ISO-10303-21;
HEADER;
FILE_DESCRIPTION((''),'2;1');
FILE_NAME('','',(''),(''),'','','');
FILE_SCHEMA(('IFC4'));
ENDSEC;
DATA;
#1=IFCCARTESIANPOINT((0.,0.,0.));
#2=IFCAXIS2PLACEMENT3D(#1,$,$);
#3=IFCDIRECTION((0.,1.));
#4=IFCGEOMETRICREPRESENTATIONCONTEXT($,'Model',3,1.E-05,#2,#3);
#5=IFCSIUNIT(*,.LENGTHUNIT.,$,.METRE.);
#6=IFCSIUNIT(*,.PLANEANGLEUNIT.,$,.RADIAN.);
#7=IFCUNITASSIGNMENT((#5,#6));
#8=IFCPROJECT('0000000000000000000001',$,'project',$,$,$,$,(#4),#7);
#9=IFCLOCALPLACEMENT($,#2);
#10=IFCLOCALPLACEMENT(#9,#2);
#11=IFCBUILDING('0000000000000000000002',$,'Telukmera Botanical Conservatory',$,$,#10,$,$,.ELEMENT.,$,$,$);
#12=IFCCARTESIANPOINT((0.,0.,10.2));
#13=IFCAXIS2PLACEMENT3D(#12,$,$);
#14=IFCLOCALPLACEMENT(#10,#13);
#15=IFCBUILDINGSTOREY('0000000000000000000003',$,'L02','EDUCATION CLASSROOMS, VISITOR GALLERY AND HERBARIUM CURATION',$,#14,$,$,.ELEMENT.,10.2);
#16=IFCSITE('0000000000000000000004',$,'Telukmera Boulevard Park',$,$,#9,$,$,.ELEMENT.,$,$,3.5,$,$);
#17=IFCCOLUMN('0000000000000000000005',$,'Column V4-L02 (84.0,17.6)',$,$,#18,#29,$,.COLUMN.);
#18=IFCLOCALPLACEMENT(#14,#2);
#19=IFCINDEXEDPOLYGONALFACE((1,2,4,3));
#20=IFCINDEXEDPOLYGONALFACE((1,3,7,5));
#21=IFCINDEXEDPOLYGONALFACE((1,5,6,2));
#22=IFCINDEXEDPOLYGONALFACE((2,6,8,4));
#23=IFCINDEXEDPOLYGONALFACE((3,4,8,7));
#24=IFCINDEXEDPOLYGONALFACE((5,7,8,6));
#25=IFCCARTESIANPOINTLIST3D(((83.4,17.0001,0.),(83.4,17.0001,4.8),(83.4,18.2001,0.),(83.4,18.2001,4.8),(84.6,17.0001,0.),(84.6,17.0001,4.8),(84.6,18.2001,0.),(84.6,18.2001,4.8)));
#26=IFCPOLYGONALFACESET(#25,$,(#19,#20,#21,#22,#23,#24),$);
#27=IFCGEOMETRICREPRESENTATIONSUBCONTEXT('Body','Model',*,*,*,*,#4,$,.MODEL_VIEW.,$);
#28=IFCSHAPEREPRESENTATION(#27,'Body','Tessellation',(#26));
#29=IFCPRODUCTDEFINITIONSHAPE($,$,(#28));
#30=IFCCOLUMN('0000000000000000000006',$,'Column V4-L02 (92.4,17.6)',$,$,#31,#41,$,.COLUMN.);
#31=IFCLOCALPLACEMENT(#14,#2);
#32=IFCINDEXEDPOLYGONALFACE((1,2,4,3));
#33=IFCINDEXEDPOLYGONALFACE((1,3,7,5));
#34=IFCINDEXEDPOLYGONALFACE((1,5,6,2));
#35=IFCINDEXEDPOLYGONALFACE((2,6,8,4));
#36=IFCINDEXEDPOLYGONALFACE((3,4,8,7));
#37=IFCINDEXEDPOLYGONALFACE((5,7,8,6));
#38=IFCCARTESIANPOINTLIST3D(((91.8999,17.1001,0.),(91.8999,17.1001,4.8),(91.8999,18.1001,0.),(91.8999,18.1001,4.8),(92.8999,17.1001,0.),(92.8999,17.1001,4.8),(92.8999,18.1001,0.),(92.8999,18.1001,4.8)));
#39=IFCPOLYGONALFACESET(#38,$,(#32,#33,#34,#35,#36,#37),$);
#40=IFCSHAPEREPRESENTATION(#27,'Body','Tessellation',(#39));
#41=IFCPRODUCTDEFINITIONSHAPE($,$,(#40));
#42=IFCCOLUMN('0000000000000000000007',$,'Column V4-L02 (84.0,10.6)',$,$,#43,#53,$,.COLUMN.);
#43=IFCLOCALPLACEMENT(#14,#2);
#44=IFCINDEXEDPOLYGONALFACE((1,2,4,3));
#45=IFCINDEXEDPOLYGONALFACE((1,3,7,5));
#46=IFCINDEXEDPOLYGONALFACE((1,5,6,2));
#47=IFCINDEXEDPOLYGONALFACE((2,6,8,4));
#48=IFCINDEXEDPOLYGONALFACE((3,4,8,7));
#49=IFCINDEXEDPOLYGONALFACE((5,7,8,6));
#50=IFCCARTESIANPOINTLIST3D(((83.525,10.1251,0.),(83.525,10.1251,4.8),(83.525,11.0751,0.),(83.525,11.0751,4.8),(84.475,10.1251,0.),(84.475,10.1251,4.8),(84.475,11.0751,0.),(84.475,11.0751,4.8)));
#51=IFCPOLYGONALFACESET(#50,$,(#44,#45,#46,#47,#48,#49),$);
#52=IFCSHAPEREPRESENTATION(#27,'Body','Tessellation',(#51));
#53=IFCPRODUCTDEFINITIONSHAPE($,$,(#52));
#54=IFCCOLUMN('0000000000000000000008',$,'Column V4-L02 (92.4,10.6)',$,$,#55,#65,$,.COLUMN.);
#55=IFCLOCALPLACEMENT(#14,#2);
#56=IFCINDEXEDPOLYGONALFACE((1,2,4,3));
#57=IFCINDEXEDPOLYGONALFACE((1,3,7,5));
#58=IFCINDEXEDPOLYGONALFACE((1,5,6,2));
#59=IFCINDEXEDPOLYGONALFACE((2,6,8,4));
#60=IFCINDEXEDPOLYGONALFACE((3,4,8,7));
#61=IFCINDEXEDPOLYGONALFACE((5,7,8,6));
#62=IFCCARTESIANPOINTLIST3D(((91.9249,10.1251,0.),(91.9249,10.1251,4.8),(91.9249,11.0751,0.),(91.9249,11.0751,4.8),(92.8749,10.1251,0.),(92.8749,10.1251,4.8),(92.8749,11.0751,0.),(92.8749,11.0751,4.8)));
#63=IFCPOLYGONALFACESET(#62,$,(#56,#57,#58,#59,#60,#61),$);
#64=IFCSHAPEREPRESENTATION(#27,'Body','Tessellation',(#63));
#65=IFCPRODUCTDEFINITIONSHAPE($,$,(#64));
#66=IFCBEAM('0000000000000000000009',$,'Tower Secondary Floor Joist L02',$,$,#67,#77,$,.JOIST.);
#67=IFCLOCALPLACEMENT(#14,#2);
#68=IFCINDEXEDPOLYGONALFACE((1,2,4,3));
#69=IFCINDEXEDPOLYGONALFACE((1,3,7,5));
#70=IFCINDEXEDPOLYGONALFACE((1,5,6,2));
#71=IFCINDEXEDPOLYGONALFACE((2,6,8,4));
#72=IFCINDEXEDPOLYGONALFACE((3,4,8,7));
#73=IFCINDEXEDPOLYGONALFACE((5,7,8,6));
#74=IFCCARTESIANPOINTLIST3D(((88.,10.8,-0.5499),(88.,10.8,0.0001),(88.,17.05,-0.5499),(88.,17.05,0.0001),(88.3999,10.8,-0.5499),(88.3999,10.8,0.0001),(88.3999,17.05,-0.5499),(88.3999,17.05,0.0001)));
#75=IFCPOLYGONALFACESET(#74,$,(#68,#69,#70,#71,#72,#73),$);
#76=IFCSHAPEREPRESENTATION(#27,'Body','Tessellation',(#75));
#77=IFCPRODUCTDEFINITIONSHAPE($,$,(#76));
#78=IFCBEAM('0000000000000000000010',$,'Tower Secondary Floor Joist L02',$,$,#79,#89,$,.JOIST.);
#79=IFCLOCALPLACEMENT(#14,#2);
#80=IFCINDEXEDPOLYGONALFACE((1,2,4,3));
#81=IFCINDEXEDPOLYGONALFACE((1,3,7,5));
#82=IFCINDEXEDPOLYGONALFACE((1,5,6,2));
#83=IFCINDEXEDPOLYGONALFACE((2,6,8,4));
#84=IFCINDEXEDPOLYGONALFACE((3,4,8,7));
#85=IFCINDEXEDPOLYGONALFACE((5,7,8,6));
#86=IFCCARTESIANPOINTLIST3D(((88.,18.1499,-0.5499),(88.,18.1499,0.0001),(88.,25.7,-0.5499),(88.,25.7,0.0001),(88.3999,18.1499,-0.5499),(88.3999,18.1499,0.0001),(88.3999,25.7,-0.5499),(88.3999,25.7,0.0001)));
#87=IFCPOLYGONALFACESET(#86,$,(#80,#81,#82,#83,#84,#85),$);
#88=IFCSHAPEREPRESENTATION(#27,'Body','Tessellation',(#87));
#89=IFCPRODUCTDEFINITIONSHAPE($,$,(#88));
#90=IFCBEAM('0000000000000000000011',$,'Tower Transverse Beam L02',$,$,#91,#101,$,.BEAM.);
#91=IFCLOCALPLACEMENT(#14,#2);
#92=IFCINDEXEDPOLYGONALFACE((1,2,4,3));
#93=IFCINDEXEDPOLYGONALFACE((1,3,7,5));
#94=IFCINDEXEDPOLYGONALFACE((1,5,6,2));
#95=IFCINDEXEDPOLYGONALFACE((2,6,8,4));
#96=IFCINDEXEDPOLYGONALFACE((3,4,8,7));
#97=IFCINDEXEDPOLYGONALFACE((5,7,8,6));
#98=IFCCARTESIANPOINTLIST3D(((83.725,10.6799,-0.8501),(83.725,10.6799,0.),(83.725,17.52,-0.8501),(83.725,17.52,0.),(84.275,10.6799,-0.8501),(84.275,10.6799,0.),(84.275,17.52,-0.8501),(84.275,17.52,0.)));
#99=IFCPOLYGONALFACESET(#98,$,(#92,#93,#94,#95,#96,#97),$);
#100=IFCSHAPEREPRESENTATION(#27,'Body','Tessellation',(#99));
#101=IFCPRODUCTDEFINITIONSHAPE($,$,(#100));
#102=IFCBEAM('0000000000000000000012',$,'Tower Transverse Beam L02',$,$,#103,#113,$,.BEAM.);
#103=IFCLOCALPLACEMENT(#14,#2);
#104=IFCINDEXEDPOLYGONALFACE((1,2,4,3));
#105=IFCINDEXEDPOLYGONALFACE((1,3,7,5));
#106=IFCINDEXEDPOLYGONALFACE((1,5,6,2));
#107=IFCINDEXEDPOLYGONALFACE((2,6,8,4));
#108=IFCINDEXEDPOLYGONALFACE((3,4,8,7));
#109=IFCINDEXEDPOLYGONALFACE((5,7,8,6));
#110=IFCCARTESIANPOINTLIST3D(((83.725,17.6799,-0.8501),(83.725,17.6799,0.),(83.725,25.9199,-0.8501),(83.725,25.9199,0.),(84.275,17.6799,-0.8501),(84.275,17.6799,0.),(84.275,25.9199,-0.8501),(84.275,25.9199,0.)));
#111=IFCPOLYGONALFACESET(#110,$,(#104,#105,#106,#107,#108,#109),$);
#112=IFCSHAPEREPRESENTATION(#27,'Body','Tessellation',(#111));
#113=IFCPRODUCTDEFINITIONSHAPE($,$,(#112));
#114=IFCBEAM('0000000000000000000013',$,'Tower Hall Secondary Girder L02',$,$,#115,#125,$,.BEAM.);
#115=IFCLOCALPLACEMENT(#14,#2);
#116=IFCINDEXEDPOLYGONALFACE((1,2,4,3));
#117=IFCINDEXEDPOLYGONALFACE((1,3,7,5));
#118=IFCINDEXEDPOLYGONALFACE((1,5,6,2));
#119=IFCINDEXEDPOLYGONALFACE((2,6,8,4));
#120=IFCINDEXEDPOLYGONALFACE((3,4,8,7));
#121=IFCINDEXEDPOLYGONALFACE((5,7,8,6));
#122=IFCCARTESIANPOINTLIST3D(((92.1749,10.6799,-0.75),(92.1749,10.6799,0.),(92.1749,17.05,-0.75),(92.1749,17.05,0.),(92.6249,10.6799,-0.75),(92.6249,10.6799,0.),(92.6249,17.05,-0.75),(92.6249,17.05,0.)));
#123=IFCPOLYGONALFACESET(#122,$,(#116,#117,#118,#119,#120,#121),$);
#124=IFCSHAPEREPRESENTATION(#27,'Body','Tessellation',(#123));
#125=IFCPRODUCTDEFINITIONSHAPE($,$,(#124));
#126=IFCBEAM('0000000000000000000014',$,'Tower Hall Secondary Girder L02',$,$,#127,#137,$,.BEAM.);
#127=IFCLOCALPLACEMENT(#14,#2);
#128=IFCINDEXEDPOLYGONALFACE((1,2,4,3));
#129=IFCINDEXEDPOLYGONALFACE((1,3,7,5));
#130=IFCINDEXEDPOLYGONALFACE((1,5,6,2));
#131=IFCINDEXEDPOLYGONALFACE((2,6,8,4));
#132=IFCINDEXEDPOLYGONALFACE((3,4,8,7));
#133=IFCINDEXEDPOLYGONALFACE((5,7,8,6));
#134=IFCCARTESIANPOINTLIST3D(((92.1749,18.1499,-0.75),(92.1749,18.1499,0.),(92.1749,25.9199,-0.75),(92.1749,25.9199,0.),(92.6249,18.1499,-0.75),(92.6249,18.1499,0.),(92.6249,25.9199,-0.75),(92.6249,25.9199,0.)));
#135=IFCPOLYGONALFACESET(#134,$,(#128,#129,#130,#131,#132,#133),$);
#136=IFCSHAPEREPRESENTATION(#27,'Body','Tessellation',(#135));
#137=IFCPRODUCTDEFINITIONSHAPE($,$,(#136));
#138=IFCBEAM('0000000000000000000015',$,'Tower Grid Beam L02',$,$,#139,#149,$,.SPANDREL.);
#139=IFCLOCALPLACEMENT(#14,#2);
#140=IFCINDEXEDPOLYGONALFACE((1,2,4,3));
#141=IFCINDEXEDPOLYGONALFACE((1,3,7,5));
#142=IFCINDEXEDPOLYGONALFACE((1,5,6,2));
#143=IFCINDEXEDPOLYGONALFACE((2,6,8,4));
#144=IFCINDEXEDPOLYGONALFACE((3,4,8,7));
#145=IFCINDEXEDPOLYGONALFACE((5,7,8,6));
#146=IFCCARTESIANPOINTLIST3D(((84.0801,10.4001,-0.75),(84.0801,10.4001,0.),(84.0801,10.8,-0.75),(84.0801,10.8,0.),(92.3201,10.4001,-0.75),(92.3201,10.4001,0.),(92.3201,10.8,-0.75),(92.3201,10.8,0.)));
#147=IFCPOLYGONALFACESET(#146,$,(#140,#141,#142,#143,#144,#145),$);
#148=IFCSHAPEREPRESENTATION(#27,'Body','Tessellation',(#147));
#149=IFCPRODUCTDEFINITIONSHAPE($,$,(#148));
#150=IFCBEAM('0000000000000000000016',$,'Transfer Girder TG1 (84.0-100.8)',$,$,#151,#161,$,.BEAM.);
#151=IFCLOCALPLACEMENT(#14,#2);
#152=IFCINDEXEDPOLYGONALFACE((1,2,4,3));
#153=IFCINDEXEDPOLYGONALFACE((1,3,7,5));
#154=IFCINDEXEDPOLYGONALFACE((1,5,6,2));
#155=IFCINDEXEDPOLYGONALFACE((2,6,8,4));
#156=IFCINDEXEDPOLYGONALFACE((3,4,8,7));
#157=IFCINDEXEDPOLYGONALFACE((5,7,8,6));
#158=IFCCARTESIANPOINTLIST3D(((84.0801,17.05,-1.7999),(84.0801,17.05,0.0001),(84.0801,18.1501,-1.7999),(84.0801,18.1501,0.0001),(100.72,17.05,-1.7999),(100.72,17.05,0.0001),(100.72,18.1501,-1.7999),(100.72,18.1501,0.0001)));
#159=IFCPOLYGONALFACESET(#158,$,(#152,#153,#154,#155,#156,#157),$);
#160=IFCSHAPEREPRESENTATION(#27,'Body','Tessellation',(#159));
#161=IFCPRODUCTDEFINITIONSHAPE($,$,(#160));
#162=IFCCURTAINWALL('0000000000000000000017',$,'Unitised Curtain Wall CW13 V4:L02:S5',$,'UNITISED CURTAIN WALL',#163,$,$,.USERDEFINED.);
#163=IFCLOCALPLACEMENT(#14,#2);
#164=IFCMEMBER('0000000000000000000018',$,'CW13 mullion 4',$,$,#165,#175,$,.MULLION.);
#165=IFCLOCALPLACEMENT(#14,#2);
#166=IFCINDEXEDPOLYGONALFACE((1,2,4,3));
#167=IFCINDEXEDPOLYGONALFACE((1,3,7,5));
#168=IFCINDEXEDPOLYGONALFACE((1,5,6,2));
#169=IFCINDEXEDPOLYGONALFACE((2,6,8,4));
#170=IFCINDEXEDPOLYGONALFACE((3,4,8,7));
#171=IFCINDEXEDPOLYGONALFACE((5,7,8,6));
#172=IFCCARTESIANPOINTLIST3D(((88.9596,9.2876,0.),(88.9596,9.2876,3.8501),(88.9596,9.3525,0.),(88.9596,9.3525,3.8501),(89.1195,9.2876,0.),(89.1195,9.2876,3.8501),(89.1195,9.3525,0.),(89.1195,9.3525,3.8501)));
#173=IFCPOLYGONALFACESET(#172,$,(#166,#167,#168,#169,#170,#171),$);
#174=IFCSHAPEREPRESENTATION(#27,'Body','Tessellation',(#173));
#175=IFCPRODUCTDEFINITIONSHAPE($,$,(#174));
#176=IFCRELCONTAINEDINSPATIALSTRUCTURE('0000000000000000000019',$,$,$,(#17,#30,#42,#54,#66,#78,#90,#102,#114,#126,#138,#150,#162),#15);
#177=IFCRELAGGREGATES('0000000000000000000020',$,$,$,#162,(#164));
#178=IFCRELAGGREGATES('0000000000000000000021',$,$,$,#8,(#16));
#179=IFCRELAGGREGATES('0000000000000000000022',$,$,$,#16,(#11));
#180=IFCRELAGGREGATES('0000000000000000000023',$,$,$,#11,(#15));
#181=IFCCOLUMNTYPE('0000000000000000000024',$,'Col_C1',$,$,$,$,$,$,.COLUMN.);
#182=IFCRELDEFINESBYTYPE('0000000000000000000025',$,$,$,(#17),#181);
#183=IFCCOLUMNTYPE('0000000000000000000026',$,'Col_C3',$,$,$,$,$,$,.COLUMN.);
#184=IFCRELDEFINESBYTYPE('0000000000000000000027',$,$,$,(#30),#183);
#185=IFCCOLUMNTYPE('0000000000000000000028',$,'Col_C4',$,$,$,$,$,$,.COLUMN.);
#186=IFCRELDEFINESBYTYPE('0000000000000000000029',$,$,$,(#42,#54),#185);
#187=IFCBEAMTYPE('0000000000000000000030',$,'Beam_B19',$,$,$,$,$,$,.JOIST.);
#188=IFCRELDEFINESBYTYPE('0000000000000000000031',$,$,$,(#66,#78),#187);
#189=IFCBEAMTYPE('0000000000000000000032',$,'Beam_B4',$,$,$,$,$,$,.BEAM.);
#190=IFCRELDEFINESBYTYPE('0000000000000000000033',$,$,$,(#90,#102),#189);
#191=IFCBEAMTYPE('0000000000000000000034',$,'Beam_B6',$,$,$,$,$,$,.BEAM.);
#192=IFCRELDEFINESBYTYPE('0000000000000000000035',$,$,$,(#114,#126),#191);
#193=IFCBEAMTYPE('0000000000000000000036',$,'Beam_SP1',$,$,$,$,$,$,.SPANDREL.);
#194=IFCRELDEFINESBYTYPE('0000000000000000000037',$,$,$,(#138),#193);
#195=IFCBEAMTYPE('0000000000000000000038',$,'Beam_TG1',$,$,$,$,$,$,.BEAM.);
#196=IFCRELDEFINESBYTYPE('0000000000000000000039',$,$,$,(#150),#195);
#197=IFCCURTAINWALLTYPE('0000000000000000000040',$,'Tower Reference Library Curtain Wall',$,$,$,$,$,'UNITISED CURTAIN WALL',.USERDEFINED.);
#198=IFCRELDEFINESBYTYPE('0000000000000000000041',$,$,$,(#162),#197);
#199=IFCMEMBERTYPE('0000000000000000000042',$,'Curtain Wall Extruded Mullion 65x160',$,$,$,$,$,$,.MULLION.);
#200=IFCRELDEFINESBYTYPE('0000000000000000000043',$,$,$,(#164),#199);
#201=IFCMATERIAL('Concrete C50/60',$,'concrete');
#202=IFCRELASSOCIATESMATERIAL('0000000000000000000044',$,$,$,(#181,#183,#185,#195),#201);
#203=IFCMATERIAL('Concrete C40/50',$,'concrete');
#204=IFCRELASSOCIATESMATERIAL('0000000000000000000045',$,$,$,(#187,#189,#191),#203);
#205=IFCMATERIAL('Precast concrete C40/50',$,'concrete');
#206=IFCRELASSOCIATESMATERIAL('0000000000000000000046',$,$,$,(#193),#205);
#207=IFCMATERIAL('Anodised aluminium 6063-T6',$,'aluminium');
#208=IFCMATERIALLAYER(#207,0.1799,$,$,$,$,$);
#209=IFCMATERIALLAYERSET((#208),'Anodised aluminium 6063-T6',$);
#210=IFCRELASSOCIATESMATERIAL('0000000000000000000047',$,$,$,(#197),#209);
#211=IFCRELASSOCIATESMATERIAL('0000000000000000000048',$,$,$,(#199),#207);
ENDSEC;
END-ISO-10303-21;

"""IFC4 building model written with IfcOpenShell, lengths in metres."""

from ifc_helpers import new_model, si_unit, direction, frame, origin, origin_2d, place, context, subcontext, project, spatial, rectangle, extrude, material, layer, layer_set, material_profile, profile_set, type_object, element, aggregate, save


model = new_model("IFC4")

# Units and contexts
model_context = context("Model", 3, precision=1e-05, world=origin(), true_north=direction((0.0, 1.0)))
body_context = subcontext(model_context, "Body", "Model", "MODEL_VIEW")
ifc_project = project(units=[si_unit("LENGTHUNIT", "METRE"), si_unit("PLANEANGLEUNIT", "RADIAN")], contexts=[model_context])

# Site, building, storey
site_placement = place(None, origin())
site = spatial("IfcSite", under=ifc_project, at=site_placement, Name="Telukmera Boulevard Park", CompositionType="ELEMENT", RefElevation=3.5)
building_placement = place(site_placement, origin())
building = spatial("IfcBuilding", under=site, at=building_placement, Name="Telukmera Botanical Conservatory", CompositionType="ELEMENT")
storey_placement = place(building_placement, frame((0.0, 0.0, 10.2)))
storey = spatial("IfcBuildingStorey", under=building, at=storey_placement, Name="L02", Description="EDUCATION CLASSROOMS, VISITOR GALLERY AND HERBARIUM CURATION", CompositionType="ELEMENT", Elevation=10.2)

# Columns
ifc_material_1 = material(Name="Concrete C50/60", Category="concrete")
ifc_material_profile_1 = material_profile(ifc_material_1, rectangle(XDim=1.2, YDim=1.2, at=origin_2d()), Name="RC 1200x1200")
ifc_profile_set_1 = profile_set([ifc_material_profile_1], Name="Concrete C50/60")
column_type_1 = type_object("IfcColumnType", Name="Col_C1", PredefinedType="COLUMN", material=ifc_profile_set_1)
column_1_placement = place(storey_placement, frame((84.0, 17.6001, 0.0), z_axis=(0.0, 0.0, 1.0), x_axis=(1.0, 0.0, 0.0)))
element("IfcColumn", 1, at=column_1_placement, inside=storey, type_object=column_type_1, Name="Column V4-L02 (84.0,17.6)", PredefinedType="COLUMN", context=body_context, shape_type="SweptSolid", body=[
    extrude(rectangle(XDim=1.2, YDim=1.2, at=origin_2d()), origin(), (0.0, 0.0, 1.0), 4.8),
])
ifc_material_profile_2 = material_profile(ifc_material_1, rectangle(XDim=1.0, YDim=1.0, at=origin_2d()), Name="RC 1000x1000")
ifc_profile_set_2 = profile_set([ifc_material_profile_2], Name="Concrete C50/60")
column_type_2 = type_object("IfcColumnType", Name="Col_C3", PredefinedType="COLUMN", material=ifc_profile_set_2)
column_2_placement = place(storey_placement, frame((92.3999, 17.6001, 0.0), z_axis=(0.0, 0.0, 1.0), x_axis=(1.0, 0.0, 0.0)))
element("IfcColumn", 2, at=column_2_placement, inside=storey, type_object=column_type_2, Name="Column V4-L02 (92.4,17.6)", PredefinedType="COLUMN", context=body_context, shape_type="SweptSolid", body=[
    extrude(rectangle(XDim=1.0, YDim=1.0, at=origin_2d()), origin(), (0.0, 0.0, 1.0), 4.8),
])
ifc_material_profile_3 = material_profile(ifc_material_1, rectangle(XDim=0.95, YDim=0.95, at=origin_2d()), Name="RC 950x950")
ifc_profile_set_3 = profile_set([ifc_material_profile_3], Name="Concrete C50/60")
column_type_3 = type_object("IfcColumnType", Name="Col_C4", PredefinedType="COLUMN", material=ifc_profile_set_3)
for number, where, z_axis, x_axis, name in (
    (3, (84.0, 10.6001, 0.0), (0.0, 0.0, 1.0), (1.0, 0.0, 0.0), "Column V4-L02 (84.0,10.6)"),
    (4, (92.3999, 10.6001, 0.0), (0.0, 0.0, 1.0), (1.0, 0.0, 0.0), "Column V4-L02 (92.4,10.6)"),
):
    element("IfcColumn", number, at=place(storey_placement, frame(where, z_axis=z_axis, x_axis=x_axis)), inside=storey, type_object=column_type_3, Name=name, PredefinedType="COLUMN", context=body_context, shape_type="SweptSolid", body=[
        extrude(rectangle(XDim=0.95, YDim=0.95, at=origin_2d()), origin(), (0.0, 0.0, 1.0), 4.8),
    ])

# Beams
ifc_material_2 = material(Name="Concrete C40/50", Category="concrete")
ifc_material_profile_4 = material_profile(ifc_material_2, rectangle(XDim=0.3999, YDim=0.55, at=origin_2d()), Name="RC 400x550")
ifc_profile_set_4 = profile_set([ifc_material_profile_4], Name="Concrete C40/50")
beam_type_1 = type_object("IfcBeamType", Name="Beam_B19", PredefinedType="JOIST", material=ifc_profile_set_4)
beam_1_placement = place(storey_placement, frame((88.2, 10.8, -0.2749), z_axis=(0.0, 1.0, 0.0), x_axis=(-1.0, 0.0, 0.0)))
element("IfcBeam", 5, at=beam_1_placement, inside=storey, type_object=beam_type_1, Name="Tower Secondary Floor Joist L02", PredefinedType="JOIST", context=body_context, shape_type="SweptSolid", body=[
    extrude(rectangle(XDim=0.3999, YDim=0.55, at=origin_2d()), origin(), (0.0, 0.0, 1.0), 6.25),
])
beam_2_placement = place(storey_placement, frame((88.2, 18.1499, -0.2749), z_axis=(0.0, 1.0, 0.0), x_axis=(-1.0, 0.0, 0.0)))
element("IfcBeam", 6, at=beam_2_placement, inside=storey, type_object=beam_type_1, Name="Tower Secondary Floor Joist L02", PredefinedType="JOIST", context=body_context, shape_type="SweptSolid", body=[
    extrude(rectangle(XDim=0.3999, YDim=0.55, at=origin_2d()), origin(), (0.0, 0.0, 1.0), 7.55),
])
ifc_material_profile_5 = material_profile(ifc_material_2, rectangle(XDim=0.55, YDim=0.8501, at=origin_2d()), Name="RC 550x850")
ifc_profile_set_5 = profile_set([ifc_material_profile_5], Name="Concrete C40/50")
beam_type_2 = type_object("IfcBeamType", Name="Beam_B4", PredefinedType="BEAM", material=ifc_profile_set_5)
beam_3_placement = place(storey_placement, frame((84.0, 10.6799, -0.425), z_axis=(0.0, 1.0, 0.0), x_axis=(-1.0, 0.0, 0.0)))
element("IfcBeam", 7, at=beam_3_placement, inside=storey, type_object=beam_type_2, Name="Tower Transverse Beam L02", PredefinedType="BEAM", context=body_context, shape_type="SweptSolid", body=[
    extrude(rectangle(XDim=0.55, YDim=0.8501, at=origin_2d()), origin(), (0.0, 0.0, 1.0), 6.8401),
])
beam_4_placement = place(storey_placement, frame((84.0, 17.6799, -0.425), z_axis=(0.0, 1.0, 0.0), x_axis=(-1.0, 0.0, 0.0)))
element("IfcBeam", 8, at=beam_4_placement, inside=storey, type_object=beam_type_2, Name="Tower Transverse Beam L02", PredefinedType="BEAM", context=body_context, shape_type="SweptSolid", body=[
    extrude(rectangle(XDim=0.55, YDim=0.8501, at=origin_2d()), origin(), (0.0, 0.0, 1.0), 8.24),
])
ifc_material_profile_6 = material_profile(ifc_material_2, rectangle(XDim=0.45, YDim=0.75, at=origin_2d()), Name="RC 450x750")
ifc_profile_set_6 = profile_set([ifc_material_profile_6], Name="Concrete C40/50")
beam_type_3 = type_object("IfcBeamType", Name="Beam_B6", PredefinedType="BEAM", material=ifc_profile_set_6)
beam_5_placement = place(storey_placement, frame((92.3999, 10.6799, -0.375), z_axis=(0.0, 1.0, 0.0), x_axis=(-1.0, 0.0, 0.0)))
element("IfcBeam", 9, at=beam_5_placement, inside=storey, type_object=beam_type_3, Name="Tower Hall Secondary Girder L02", PredefinedType="BEAM", context=body_context, shape_type="SweptSolid", body=[
    extrude(rectangle(XDim=0.45, YDim=0.75, at=origin_2d()), origin(), (0.0, 0.0, 1.0), 6.3701),
])
beam_6_placement = place(storey_placement, frame((92.3999, 18.1499, -0.375), z_axis=(0.0, 1.0, 0.0), x_axis=(-1.0, 0.0, 0.0)))
element("IfcBeam", 10, at=beam_6_placement, inside=storey, type_object=beam_type_3, Name="Tower Hall Secondary Girder L02", PredefinedType="BEAM", context=body_context, shape_type="SweptSolid", body=[
    extrude(rectangle(XDim=0.45, YDim=0.75, at=origin_2d()), origin(), (0.0, 0.0, 1.0), 7.77),
])
ifc_material_3 = material(Name="Precast concrete C40/50", Category="concrete")
ifc_material_profile_7 = material_profile(ifc_material_3, rectangle(XDim=0.3999, YDim=0.75, at=origin_2d()), Name="PC 400x750")
ifc_profile_set_7 = profile_set([ifc_material_profile_7], Name="Precast concrete C40/50")
beam_type_4 = type_object("IfcBeamType", Name="Beam_SP1", PredefinedType="SPANDREL", material=ifc_profile_set_7)
beam_7_placement = place(storey_placement, frame((84.0801, 10.6001, -0.375), z_axis=(1.0, 0.0, 0.0), x_axis=(0.0, 1.0, 0.0)))
element("IfcBeam", 11, at=beam_7_placement, inside=storey, type_object=beam_type_4, Name="Tower Grid Beam L02", PredefinedType="SPANDREL", context=body_context, shape_type="SweptSolid", body=[
    extrude(rectangle(XDim=0.3999, YDim=0.75, at=origin_2d()), origin(), (0.0, 0.0, 1.0), 8.24),
])
ifc_material_profile_8 = material_profile(ifc_material_1, rectangle(XDim=1.1001, YDim=1.8, at=origin_2d()), Name="RC 1100x1800")
ifc_profile_set_8 = profile_set([ifc_material_profile_8], Name="Concrete C50/60")
beam_type_5 = type_object("IfcBeamType", Name="Beam_TG1", PredefinedType="BEAM", material=ifc_profile_set_8)
beam_8_placement = place(storey_placement, frame((84.0801, 17.6001, -0.8999), z_axis=(1.0, 0.0, 0.0), x_axis=(0.0, 1.0, 0.0)))
element("IfcBeam", 12, at=beam_8_placement, inside=storey, type_object=beam_type_5, Name="Transfer Girder TG1 (84.0-100.8)", PredefinedType="BEAM", context=body_context, shape_type="SweptSolid", body=[
    extrude(rectangle(XDim=1.1001, YDim=1.8, at=origin_2d()), origin(), (0.0, 0.0, 1.0), 16.6399),
])

# Curtain wall, member
ifc_material_4 = material(Name="Anodised aluminium 6063-T6", Category="aluminium")
ifc_layer_1 = layer(ifc_material_4, 0.1799)
ifc_layer_set_1 = layer_set([ifc_layer_1], Name="Anodised aluminium 6063-T6")
curtain_wall_type = type_object("IfcCurtainWallType", Name="Tower Reference Library Curtain Wall", ElementType="UNITISED CURTAIN WALL", PredefinedType="USERDEFINED", material=ifc_layer_set_1)
curtain_wall_1_placement = place(storey_placement, origin())
curtain_wall_1 = element("IfcCurtainWall", 13, at=curtain_wall_1_placement, inside=storey, type_object=curtain_wall_type, Name="Unitised Curtain Wall CW13 V4:L02:S5", ObjectType="UNITISED CURTAIN WALL", PredefinedType="USERDEFINED")
ifc_material_profile_9 = material_profile(ifc_material_4, rectangle(XDim=0.0649, YDim=0.1599, at=origin_2d()), Name="ALU MULL 65x160")
ifc_profile_set_9 = profile_set([ifc_material_profile_9], Name="Anodised aluminium 6063-T6")
member_type_1 = type_object("IfcMemberType", Name="Curtain Wall Extruded Mullion 65x160", PredefinedType="MULLION", material=ifc_profile_set_9)
member_1_placement = place(storey_placement, frame((89.0396, 9.3201, 0.0), z_axis=(0.0, 0.0, 1.0), x_axis=(0.0, 1.0, 0.0)))
member_1 = element("IfcMember", 14, at=member_1_placement, type_object=member_type_1, Name="CW13 mullion 4", PredefinedType="MULLION", context=body_context, shape_type="SweptSolid", body=[
    extrude(rectangle(XDim=0.0649, YDim=0.1599, at=origin_2d()), origin(), (0.0, 0.0, 1.0), 3.8501),
])

aggregate(curtain_wall_1, [member_1])

save(model, "model.ifc")
